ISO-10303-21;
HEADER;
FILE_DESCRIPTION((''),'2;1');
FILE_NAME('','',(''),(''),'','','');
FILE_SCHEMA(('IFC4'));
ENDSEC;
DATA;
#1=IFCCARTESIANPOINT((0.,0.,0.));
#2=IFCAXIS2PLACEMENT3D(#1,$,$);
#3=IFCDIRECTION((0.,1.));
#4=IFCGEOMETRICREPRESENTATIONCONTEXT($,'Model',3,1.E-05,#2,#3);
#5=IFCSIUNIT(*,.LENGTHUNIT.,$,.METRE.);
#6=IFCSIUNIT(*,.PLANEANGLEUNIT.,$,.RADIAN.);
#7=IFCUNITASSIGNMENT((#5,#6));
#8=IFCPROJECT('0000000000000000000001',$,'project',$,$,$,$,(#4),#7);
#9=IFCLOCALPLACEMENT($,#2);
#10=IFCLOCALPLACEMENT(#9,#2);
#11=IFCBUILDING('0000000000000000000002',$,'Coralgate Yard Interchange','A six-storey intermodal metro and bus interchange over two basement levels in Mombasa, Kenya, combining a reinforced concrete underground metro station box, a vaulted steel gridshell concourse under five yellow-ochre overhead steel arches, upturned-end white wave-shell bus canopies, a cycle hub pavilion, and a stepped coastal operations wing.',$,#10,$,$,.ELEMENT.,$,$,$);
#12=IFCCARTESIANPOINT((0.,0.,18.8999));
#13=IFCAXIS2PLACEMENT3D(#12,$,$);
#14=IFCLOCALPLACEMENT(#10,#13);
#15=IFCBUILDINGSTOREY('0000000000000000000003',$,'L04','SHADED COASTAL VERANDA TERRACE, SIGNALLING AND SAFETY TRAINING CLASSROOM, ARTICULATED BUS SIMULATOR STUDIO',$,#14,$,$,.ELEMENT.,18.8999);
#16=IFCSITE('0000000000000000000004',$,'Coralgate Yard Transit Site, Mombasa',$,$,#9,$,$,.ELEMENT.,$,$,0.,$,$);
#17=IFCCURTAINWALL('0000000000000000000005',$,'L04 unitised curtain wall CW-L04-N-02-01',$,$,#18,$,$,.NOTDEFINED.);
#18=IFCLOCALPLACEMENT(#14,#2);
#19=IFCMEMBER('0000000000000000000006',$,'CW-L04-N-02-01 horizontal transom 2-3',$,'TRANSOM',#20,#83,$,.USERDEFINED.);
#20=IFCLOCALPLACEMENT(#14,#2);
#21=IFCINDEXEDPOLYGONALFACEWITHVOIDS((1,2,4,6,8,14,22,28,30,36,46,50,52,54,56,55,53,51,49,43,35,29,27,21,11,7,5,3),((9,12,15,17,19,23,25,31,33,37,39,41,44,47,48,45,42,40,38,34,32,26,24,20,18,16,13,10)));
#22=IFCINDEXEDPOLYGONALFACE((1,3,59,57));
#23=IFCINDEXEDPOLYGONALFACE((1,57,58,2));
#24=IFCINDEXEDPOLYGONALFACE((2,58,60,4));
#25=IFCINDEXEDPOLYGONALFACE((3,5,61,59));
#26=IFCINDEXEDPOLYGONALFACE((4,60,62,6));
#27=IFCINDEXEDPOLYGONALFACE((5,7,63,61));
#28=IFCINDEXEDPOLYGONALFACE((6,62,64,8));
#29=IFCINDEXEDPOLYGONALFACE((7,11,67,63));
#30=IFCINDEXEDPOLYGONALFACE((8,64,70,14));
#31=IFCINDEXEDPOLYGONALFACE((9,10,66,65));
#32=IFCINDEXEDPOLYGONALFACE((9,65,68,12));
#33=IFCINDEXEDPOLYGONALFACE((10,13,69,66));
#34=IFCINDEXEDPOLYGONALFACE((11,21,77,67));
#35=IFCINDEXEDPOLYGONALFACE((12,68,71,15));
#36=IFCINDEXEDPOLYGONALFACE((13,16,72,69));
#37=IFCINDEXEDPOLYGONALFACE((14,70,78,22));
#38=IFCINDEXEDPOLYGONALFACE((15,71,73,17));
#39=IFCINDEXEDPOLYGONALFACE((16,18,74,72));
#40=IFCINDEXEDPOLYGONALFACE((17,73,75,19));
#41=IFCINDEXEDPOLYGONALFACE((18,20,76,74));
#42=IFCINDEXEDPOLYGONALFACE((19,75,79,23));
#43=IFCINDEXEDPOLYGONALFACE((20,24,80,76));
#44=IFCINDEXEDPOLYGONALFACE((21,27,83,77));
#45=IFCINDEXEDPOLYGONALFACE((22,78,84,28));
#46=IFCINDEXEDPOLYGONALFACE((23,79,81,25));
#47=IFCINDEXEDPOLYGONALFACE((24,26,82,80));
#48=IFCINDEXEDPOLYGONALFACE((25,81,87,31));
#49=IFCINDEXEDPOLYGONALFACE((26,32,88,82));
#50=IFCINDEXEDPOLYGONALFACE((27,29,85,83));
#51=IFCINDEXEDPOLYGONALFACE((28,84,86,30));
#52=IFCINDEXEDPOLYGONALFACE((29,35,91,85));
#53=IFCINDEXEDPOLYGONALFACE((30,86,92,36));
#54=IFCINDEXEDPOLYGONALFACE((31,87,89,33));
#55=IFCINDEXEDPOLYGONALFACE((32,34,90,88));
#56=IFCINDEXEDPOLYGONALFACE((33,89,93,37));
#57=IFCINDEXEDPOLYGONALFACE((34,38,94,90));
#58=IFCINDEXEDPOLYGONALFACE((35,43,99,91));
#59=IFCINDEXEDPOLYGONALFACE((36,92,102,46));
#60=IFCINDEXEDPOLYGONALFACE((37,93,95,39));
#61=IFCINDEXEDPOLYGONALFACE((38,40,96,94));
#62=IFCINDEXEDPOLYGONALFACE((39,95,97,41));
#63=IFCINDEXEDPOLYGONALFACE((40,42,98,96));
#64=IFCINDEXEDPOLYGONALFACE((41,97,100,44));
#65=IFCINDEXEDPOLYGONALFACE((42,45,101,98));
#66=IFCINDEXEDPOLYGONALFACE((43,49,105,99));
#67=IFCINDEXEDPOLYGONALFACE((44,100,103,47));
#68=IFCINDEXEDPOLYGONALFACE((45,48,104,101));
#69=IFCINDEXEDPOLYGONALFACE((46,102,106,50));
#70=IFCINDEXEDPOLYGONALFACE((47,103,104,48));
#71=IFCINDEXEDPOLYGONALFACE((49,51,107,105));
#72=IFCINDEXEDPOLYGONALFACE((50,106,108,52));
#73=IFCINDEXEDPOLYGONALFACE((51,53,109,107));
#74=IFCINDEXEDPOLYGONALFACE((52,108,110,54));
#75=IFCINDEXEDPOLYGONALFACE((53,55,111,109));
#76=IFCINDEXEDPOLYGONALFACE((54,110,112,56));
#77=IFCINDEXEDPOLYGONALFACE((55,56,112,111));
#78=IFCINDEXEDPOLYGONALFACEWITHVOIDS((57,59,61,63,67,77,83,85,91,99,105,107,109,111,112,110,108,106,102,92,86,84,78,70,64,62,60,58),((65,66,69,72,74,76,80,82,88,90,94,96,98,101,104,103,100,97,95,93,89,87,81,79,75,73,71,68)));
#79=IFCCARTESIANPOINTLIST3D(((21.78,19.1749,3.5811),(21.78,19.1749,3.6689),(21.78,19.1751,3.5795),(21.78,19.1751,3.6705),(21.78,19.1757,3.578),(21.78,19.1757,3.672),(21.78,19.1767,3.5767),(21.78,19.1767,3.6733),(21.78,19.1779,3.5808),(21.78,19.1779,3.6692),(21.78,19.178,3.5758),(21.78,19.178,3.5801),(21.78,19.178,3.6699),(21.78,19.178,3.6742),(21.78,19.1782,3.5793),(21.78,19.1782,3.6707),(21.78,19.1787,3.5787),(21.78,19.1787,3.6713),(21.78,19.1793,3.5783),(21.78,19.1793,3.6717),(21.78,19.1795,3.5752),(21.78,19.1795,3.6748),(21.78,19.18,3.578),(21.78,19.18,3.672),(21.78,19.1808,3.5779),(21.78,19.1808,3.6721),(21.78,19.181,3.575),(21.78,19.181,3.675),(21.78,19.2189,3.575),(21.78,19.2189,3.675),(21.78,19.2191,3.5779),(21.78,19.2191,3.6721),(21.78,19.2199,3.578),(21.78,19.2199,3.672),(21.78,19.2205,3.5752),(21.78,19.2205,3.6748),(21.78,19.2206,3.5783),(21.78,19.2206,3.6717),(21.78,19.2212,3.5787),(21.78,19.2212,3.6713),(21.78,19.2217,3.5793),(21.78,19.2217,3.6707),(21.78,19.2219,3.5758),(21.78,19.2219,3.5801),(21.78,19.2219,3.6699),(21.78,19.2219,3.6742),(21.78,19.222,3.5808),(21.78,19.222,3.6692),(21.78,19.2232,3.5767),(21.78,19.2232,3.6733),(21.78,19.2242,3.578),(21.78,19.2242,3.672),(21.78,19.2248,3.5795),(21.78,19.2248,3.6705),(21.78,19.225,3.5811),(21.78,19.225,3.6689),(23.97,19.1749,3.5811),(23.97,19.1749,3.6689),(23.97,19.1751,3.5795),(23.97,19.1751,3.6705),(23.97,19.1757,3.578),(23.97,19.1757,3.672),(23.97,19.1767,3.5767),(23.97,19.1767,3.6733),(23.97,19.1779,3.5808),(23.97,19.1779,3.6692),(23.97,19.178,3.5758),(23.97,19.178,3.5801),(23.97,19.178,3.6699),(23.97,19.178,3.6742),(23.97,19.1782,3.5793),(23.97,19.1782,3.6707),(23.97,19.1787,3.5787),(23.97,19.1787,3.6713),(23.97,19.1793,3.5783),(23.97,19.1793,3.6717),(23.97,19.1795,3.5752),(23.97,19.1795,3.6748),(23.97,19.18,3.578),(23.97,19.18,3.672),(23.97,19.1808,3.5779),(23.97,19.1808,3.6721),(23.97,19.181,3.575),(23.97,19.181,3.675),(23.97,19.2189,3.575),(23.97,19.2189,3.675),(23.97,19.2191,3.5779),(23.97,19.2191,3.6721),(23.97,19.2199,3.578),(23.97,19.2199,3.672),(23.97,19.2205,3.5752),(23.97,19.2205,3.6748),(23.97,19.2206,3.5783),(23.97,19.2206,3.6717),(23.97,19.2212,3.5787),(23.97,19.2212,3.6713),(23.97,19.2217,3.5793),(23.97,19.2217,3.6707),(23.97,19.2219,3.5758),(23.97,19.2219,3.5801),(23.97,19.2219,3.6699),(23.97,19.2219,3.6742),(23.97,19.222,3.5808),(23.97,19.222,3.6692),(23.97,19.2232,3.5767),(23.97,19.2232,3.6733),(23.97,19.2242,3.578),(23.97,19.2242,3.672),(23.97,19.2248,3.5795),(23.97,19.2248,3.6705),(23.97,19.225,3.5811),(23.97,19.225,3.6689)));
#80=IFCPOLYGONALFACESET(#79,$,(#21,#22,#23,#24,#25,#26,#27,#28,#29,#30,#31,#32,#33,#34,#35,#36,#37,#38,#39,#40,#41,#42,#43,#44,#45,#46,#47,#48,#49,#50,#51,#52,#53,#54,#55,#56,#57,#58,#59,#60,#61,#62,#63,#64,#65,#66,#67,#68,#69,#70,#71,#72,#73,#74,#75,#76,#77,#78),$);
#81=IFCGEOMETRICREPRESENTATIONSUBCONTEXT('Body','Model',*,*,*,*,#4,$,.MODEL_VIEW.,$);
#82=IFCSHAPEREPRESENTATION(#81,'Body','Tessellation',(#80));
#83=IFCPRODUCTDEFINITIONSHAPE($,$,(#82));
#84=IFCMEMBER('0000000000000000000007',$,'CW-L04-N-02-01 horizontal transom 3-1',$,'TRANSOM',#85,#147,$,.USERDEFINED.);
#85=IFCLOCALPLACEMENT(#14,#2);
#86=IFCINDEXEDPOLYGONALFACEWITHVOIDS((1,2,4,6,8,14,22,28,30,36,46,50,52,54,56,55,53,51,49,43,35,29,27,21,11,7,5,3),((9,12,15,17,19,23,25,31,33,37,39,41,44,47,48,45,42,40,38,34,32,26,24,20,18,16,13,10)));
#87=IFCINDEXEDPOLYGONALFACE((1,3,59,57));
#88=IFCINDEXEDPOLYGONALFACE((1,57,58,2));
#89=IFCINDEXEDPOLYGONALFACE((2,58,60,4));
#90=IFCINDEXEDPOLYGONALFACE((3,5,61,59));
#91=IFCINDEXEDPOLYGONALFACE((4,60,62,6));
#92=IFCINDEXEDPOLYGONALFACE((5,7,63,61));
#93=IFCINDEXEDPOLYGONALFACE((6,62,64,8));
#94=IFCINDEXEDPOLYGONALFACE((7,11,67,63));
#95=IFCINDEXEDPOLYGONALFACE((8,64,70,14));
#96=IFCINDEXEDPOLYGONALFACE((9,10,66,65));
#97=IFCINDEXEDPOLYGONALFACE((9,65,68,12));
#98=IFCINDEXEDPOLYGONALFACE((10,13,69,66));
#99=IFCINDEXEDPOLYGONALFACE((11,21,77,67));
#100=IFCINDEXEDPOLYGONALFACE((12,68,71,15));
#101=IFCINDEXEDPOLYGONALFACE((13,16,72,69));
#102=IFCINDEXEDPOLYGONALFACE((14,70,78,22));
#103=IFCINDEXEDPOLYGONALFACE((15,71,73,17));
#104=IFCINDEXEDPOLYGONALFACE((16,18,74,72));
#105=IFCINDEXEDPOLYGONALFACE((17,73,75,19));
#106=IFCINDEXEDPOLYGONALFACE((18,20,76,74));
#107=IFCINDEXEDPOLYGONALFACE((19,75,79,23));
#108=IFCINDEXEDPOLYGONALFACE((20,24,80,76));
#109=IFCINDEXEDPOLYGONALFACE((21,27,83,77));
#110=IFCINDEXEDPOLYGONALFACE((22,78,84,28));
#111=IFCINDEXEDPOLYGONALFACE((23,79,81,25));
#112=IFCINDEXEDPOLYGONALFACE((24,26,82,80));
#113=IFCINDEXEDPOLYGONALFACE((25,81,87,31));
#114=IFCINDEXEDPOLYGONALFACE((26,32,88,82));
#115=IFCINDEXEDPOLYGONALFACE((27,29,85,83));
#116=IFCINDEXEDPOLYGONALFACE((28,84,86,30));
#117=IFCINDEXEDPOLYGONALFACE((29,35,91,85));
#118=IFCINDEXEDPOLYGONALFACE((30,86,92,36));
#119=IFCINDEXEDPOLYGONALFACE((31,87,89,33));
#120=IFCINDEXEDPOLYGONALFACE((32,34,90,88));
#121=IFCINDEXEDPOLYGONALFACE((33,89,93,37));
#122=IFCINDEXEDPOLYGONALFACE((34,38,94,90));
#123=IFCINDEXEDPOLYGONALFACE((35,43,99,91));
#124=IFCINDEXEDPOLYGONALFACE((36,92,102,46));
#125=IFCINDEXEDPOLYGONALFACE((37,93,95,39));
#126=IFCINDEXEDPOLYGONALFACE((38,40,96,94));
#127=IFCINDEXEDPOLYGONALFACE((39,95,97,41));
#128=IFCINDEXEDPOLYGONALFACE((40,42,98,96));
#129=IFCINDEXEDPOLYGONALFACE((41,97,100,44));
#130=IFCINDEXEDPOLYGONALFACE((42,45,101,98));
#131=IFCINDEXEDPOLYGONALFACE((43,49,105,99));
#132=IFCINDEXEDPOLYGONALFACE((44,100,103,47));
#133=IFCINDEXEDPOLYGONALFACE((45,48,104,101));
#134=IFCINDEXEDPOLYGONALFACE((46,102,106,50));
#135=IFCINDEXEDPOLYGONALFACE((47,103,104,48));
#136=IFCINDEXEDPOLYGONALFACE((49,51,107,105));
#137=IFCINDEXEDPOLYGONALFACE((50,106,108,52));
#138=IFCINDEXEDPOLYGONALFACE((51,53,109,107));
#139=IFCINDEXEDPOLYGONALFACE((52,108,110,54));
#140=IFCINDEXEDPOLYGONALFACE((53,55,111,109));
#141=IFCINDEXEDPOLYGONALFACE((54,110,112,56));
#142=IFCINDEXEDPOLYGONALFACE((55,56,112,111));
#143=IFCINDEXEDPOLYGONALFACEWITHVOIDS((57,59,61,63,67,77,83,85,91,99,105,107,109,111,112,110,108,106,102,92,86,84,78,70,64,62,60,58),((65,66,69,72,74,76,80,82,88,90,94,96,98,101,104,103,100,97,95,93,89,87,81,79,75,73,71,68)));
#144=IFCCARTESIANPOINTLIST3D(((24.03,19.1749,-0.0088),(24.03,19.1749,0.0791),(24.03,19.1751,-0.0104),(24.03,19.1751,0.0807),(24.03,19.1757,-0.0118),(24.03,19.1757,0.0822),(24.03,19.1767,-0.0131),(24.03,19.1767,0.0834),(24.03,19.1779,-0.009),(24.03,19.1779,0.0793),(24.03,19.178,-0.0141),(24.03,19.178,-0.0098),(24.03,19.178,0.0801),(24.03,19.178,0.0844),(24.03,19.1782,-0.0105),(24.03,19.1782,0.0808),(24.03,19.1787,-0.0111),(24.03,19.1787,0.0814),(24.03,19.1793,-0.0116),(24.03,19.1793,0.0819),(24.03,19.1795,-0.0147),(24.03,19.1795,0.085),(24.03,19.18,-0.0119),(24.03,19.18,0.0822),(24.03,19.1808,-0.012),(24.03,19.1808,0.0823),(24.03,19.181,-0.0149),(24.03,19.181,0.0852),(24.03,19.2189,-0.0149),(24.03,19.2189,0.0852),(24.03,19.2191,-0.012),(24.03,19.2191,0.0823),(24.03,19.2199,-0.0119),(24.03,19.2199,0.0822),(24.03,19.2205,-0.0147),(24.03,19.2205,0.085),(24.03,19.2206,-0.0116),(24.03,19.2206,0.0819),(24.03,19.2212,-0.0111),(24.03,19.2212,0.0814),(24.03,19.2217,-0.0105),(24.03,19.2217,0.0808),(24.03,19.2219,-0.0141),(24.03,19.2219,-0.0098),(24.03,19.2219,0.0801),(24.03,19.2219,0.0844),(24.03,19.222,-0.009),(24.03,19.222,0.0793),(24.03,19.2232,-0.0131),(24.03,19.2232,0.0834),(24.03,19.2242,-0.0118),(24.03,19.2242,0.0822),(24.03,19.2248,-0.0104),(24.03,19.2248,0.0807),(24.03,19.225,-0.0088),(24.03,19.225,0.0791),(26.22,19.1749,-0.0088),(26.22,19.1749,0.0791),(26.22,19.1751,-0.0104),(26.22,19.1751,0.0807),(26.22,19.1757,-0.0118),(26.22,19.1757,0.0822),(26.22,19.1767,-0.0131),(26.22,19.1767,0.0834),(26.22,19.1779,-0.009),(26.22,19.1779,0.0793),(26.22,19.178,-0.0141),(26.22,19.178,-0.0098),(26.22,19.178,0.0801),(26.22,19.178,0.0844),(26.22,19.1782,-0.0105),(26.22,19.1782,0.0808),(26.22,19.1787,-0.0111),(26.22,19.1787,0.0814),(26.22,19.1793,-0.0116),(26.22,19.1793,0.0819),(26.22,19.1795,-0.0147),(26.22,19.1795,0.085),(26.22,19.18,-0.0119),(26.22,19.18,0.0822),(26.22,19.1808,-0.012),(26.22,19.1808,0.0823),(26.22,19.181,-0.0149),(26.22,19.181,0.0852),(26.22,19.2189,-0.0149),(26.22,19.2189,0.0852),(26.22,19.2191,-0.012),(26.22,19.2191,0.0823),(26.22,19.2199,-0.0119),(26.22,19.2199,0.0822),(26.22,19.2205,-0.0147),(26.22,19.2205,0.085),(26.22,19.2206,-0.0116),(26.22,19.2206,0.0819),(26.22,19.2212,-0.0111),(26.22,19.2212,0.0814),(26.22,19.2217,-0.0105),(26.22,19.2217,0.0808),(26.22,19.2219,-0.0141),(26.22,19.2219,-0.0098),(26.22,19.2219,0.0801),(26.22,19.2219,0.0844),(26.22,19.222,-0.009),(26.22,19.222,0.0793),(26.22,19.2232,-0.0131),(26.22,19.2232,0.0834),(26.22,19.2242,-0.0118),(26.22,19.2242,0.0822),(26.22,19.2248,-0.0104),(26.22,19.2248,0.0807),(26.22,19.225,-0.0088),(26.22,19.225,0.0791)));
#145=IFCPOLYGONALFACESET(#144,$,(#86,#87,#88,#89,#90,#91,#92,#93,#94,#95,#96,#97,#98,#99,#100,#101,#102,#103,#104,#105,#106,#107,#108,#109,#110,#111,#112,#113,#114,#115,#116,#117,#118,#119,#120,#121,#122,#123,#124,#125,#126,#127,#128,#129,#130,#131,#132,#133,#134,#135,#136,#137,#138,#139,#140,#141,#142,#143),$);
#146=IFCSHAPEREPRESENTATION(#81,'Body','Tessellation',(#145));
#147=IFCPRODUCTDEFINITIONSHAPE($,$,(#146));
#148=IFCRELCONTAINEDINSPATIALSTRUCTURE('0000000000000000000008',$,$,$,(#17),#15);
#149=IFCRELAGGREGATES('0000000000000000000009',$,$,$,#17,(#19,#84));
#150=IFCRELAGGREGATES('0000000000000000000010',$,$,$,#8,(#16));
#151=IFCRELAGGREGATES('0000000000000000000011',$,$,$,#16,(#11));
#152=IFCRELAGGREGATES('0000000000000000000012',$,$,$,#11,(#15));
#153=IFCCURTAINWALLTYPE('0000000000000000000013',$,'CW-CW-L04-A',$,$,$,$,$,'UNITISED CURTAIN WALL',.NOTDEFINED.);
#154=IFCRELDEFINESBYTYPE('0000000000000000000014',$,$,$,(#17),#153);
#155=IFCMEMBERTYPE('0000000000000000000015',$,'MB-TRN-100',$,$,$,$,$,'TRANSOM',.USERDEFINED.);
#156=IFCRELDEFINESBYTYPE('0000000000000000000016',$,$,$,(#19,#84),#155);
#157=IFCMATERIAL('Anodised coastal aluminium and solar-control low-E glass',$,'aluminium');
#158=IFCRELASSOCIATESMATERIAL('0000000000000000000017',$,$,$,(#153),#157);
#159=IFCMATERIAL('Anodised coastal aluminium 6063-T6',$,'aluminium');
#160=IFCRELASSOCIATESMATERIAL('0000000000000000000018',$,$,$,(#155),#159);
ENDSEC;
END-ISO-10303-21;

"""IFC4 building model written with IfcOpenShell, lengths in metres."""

from ifc_helpers import new_model, si_unit, direction, frame, origin, origin_2d, place, context, subcontext, project, spatial, hollow_rectangle, extrude, material, material_profile, profile_set, type_object, element, aggregate, save


model = new_model("IFC4")

# Units and contexts
model_context = context("Model", 3, precision=1e-05, world=origin(), true_north=direction((0.0, 1.0)))
body_context = subcontext(model_context, "Body", "Model", "MODEL_VIEW")
ifc_project = project(units=[si_unit("LENGTHUNIT", "METRE"), si_unit("PLANEANGLEUNIT", "RADIAN")], contexts=[model_context])

# Site, building, storey
site_placement = place(None, origin())
site = spatial("IfcSite", under=ifc_project, at=site_placement, Name="Coralgate Yard Transit Site, Mombasa", CompositionType="ELEMENT", RefElevation=0.0)
building_placement = place(site_placement, origin())
building = spatial("IfcBuilding", under=site, at=building_placement, Name="Coralgate Yard Interchange", Description="A six-storey intermodal metro and bus interchange over two basement levels in Mombasa, Kenya, combining a reinforced concrete underground metro station box, a vaulted steel gridshell concourse under five yellow-ochre overhead steel arches, upturned-end white wave-shell bus canopies, a cycle hub pavilion, and a stepped coastal operations wing.", CompositionType="ELEMENT")
storey_placement = place(building_placement, frame((0.0, 0.0, 18.8999)))
storey = spatial("IfcBuildingStorey", under=building, at=storey_placement, Name="L04", Description="SHADED COASTAL VERANDA TERRACE, SIGNALLING AND SAFETY TRAINING CLASSROOM, ARTICULATED BUS SIMULATOR STUDIO", CompositionType="ELEMENT", Elevation=18.8999)

# Curtain wall, members
ifc_material_1 = material(Name="Anodised coastal aluminium and solar-control low-E glass", Category="aluminium")
curtain_wall_type = type_object("IfcCurtainWallType", Name="CW-CW-L04-A", ElementType="UNITISED CURTAIN WALL", PredefinedType="NOTDEFINED", material=ifc_material_1)
curtain_wall_placement = place(storey_placement, origin())
curtain_wall = element("IfcCurtainWall", 1, at=curtain_wall_placement, inside=storey, type_object=curtain_wall_type, Name="L04 unitised curtain wall CW-L04-N-02-01", PredefinedType="NOTDEFINED")
ifc_material_2 = material(Name="Anodised coastal aluminium 6063-T6", Category="aluminium")
ifc_material_profile_1 = material_profile(ifc_material_2, hollow_rectangle(XDim=0.05, YDim=0.1001, WallThickness=0.0029, InnerFilletRadius=0.0029, OuterFilletRadius=0.0061, at=origin_2d()), Name="ALU 50x100x3")
ifc_profile_set_1 = profile_set([ifc_material_profile_1], Name="Anodised coastal aluminium 6063-T6")
member_type_1 = type_object("IfcMemberType", Name="MB-TRN-100", ElementType="TRANSOM", PredefinedType="USERDEFINED", material=ifc_profile_set_1)
member_1_placement = place(storey_placement, frame((21.78, 19.2, 3.625), z_axis=(1.0, 0.0, 0.0), x_axis=(0.0, 1.0, 0.0)))
member_1 = element("IfcMember", 2, at=member_1_placement, type_object=member_type_1, Name="CW-L04-N-02-01 horizontal transom 2-3", ObjectType="TRANSOM", PredefinedType="USERDEFINED", context=body_context, shape_type="SweptSolid", body=[
    extrude(hollow_rectangle(XDim=0.05, YDim=0.1001, WallThickness=0.0029, InnerFilletRadius=0.0029, OuterFilletRadius=0.0061, at=origin_2d()), origin(), (0.0, 0.0, 1.0), 2.1899),
])
member_2_placement = place(storey_placement, frame((24.03, 19.2, 0.0352), z_axis=(1.0, 0.0, 0.0), x_axis=(0.0, 1.0, 0.0)))
member_2 = element("IfcMember", 3, at=member_2_placement, type_object=member_type_1, Name="CW-L04-N-02-01 horizontal transom 3-1", ObjectType="TRANSOM", PredefinedType="USERDEFINED", context=body_context, shape_type="SweptSolid", body=[
    extrude(hollow_rectangle(XDim=0.05, YDim=0.1001, WallThickness=0.0029, InnerFilletRadius=0.0029, OuterFilletRadius=0.0061, at=origin_2d()), origin(), (0.0, 0.0, 1.0), 2.1899),
])
aggregate(curtain_wall, [member_1, member_2])

save(model, "model.ifc")
